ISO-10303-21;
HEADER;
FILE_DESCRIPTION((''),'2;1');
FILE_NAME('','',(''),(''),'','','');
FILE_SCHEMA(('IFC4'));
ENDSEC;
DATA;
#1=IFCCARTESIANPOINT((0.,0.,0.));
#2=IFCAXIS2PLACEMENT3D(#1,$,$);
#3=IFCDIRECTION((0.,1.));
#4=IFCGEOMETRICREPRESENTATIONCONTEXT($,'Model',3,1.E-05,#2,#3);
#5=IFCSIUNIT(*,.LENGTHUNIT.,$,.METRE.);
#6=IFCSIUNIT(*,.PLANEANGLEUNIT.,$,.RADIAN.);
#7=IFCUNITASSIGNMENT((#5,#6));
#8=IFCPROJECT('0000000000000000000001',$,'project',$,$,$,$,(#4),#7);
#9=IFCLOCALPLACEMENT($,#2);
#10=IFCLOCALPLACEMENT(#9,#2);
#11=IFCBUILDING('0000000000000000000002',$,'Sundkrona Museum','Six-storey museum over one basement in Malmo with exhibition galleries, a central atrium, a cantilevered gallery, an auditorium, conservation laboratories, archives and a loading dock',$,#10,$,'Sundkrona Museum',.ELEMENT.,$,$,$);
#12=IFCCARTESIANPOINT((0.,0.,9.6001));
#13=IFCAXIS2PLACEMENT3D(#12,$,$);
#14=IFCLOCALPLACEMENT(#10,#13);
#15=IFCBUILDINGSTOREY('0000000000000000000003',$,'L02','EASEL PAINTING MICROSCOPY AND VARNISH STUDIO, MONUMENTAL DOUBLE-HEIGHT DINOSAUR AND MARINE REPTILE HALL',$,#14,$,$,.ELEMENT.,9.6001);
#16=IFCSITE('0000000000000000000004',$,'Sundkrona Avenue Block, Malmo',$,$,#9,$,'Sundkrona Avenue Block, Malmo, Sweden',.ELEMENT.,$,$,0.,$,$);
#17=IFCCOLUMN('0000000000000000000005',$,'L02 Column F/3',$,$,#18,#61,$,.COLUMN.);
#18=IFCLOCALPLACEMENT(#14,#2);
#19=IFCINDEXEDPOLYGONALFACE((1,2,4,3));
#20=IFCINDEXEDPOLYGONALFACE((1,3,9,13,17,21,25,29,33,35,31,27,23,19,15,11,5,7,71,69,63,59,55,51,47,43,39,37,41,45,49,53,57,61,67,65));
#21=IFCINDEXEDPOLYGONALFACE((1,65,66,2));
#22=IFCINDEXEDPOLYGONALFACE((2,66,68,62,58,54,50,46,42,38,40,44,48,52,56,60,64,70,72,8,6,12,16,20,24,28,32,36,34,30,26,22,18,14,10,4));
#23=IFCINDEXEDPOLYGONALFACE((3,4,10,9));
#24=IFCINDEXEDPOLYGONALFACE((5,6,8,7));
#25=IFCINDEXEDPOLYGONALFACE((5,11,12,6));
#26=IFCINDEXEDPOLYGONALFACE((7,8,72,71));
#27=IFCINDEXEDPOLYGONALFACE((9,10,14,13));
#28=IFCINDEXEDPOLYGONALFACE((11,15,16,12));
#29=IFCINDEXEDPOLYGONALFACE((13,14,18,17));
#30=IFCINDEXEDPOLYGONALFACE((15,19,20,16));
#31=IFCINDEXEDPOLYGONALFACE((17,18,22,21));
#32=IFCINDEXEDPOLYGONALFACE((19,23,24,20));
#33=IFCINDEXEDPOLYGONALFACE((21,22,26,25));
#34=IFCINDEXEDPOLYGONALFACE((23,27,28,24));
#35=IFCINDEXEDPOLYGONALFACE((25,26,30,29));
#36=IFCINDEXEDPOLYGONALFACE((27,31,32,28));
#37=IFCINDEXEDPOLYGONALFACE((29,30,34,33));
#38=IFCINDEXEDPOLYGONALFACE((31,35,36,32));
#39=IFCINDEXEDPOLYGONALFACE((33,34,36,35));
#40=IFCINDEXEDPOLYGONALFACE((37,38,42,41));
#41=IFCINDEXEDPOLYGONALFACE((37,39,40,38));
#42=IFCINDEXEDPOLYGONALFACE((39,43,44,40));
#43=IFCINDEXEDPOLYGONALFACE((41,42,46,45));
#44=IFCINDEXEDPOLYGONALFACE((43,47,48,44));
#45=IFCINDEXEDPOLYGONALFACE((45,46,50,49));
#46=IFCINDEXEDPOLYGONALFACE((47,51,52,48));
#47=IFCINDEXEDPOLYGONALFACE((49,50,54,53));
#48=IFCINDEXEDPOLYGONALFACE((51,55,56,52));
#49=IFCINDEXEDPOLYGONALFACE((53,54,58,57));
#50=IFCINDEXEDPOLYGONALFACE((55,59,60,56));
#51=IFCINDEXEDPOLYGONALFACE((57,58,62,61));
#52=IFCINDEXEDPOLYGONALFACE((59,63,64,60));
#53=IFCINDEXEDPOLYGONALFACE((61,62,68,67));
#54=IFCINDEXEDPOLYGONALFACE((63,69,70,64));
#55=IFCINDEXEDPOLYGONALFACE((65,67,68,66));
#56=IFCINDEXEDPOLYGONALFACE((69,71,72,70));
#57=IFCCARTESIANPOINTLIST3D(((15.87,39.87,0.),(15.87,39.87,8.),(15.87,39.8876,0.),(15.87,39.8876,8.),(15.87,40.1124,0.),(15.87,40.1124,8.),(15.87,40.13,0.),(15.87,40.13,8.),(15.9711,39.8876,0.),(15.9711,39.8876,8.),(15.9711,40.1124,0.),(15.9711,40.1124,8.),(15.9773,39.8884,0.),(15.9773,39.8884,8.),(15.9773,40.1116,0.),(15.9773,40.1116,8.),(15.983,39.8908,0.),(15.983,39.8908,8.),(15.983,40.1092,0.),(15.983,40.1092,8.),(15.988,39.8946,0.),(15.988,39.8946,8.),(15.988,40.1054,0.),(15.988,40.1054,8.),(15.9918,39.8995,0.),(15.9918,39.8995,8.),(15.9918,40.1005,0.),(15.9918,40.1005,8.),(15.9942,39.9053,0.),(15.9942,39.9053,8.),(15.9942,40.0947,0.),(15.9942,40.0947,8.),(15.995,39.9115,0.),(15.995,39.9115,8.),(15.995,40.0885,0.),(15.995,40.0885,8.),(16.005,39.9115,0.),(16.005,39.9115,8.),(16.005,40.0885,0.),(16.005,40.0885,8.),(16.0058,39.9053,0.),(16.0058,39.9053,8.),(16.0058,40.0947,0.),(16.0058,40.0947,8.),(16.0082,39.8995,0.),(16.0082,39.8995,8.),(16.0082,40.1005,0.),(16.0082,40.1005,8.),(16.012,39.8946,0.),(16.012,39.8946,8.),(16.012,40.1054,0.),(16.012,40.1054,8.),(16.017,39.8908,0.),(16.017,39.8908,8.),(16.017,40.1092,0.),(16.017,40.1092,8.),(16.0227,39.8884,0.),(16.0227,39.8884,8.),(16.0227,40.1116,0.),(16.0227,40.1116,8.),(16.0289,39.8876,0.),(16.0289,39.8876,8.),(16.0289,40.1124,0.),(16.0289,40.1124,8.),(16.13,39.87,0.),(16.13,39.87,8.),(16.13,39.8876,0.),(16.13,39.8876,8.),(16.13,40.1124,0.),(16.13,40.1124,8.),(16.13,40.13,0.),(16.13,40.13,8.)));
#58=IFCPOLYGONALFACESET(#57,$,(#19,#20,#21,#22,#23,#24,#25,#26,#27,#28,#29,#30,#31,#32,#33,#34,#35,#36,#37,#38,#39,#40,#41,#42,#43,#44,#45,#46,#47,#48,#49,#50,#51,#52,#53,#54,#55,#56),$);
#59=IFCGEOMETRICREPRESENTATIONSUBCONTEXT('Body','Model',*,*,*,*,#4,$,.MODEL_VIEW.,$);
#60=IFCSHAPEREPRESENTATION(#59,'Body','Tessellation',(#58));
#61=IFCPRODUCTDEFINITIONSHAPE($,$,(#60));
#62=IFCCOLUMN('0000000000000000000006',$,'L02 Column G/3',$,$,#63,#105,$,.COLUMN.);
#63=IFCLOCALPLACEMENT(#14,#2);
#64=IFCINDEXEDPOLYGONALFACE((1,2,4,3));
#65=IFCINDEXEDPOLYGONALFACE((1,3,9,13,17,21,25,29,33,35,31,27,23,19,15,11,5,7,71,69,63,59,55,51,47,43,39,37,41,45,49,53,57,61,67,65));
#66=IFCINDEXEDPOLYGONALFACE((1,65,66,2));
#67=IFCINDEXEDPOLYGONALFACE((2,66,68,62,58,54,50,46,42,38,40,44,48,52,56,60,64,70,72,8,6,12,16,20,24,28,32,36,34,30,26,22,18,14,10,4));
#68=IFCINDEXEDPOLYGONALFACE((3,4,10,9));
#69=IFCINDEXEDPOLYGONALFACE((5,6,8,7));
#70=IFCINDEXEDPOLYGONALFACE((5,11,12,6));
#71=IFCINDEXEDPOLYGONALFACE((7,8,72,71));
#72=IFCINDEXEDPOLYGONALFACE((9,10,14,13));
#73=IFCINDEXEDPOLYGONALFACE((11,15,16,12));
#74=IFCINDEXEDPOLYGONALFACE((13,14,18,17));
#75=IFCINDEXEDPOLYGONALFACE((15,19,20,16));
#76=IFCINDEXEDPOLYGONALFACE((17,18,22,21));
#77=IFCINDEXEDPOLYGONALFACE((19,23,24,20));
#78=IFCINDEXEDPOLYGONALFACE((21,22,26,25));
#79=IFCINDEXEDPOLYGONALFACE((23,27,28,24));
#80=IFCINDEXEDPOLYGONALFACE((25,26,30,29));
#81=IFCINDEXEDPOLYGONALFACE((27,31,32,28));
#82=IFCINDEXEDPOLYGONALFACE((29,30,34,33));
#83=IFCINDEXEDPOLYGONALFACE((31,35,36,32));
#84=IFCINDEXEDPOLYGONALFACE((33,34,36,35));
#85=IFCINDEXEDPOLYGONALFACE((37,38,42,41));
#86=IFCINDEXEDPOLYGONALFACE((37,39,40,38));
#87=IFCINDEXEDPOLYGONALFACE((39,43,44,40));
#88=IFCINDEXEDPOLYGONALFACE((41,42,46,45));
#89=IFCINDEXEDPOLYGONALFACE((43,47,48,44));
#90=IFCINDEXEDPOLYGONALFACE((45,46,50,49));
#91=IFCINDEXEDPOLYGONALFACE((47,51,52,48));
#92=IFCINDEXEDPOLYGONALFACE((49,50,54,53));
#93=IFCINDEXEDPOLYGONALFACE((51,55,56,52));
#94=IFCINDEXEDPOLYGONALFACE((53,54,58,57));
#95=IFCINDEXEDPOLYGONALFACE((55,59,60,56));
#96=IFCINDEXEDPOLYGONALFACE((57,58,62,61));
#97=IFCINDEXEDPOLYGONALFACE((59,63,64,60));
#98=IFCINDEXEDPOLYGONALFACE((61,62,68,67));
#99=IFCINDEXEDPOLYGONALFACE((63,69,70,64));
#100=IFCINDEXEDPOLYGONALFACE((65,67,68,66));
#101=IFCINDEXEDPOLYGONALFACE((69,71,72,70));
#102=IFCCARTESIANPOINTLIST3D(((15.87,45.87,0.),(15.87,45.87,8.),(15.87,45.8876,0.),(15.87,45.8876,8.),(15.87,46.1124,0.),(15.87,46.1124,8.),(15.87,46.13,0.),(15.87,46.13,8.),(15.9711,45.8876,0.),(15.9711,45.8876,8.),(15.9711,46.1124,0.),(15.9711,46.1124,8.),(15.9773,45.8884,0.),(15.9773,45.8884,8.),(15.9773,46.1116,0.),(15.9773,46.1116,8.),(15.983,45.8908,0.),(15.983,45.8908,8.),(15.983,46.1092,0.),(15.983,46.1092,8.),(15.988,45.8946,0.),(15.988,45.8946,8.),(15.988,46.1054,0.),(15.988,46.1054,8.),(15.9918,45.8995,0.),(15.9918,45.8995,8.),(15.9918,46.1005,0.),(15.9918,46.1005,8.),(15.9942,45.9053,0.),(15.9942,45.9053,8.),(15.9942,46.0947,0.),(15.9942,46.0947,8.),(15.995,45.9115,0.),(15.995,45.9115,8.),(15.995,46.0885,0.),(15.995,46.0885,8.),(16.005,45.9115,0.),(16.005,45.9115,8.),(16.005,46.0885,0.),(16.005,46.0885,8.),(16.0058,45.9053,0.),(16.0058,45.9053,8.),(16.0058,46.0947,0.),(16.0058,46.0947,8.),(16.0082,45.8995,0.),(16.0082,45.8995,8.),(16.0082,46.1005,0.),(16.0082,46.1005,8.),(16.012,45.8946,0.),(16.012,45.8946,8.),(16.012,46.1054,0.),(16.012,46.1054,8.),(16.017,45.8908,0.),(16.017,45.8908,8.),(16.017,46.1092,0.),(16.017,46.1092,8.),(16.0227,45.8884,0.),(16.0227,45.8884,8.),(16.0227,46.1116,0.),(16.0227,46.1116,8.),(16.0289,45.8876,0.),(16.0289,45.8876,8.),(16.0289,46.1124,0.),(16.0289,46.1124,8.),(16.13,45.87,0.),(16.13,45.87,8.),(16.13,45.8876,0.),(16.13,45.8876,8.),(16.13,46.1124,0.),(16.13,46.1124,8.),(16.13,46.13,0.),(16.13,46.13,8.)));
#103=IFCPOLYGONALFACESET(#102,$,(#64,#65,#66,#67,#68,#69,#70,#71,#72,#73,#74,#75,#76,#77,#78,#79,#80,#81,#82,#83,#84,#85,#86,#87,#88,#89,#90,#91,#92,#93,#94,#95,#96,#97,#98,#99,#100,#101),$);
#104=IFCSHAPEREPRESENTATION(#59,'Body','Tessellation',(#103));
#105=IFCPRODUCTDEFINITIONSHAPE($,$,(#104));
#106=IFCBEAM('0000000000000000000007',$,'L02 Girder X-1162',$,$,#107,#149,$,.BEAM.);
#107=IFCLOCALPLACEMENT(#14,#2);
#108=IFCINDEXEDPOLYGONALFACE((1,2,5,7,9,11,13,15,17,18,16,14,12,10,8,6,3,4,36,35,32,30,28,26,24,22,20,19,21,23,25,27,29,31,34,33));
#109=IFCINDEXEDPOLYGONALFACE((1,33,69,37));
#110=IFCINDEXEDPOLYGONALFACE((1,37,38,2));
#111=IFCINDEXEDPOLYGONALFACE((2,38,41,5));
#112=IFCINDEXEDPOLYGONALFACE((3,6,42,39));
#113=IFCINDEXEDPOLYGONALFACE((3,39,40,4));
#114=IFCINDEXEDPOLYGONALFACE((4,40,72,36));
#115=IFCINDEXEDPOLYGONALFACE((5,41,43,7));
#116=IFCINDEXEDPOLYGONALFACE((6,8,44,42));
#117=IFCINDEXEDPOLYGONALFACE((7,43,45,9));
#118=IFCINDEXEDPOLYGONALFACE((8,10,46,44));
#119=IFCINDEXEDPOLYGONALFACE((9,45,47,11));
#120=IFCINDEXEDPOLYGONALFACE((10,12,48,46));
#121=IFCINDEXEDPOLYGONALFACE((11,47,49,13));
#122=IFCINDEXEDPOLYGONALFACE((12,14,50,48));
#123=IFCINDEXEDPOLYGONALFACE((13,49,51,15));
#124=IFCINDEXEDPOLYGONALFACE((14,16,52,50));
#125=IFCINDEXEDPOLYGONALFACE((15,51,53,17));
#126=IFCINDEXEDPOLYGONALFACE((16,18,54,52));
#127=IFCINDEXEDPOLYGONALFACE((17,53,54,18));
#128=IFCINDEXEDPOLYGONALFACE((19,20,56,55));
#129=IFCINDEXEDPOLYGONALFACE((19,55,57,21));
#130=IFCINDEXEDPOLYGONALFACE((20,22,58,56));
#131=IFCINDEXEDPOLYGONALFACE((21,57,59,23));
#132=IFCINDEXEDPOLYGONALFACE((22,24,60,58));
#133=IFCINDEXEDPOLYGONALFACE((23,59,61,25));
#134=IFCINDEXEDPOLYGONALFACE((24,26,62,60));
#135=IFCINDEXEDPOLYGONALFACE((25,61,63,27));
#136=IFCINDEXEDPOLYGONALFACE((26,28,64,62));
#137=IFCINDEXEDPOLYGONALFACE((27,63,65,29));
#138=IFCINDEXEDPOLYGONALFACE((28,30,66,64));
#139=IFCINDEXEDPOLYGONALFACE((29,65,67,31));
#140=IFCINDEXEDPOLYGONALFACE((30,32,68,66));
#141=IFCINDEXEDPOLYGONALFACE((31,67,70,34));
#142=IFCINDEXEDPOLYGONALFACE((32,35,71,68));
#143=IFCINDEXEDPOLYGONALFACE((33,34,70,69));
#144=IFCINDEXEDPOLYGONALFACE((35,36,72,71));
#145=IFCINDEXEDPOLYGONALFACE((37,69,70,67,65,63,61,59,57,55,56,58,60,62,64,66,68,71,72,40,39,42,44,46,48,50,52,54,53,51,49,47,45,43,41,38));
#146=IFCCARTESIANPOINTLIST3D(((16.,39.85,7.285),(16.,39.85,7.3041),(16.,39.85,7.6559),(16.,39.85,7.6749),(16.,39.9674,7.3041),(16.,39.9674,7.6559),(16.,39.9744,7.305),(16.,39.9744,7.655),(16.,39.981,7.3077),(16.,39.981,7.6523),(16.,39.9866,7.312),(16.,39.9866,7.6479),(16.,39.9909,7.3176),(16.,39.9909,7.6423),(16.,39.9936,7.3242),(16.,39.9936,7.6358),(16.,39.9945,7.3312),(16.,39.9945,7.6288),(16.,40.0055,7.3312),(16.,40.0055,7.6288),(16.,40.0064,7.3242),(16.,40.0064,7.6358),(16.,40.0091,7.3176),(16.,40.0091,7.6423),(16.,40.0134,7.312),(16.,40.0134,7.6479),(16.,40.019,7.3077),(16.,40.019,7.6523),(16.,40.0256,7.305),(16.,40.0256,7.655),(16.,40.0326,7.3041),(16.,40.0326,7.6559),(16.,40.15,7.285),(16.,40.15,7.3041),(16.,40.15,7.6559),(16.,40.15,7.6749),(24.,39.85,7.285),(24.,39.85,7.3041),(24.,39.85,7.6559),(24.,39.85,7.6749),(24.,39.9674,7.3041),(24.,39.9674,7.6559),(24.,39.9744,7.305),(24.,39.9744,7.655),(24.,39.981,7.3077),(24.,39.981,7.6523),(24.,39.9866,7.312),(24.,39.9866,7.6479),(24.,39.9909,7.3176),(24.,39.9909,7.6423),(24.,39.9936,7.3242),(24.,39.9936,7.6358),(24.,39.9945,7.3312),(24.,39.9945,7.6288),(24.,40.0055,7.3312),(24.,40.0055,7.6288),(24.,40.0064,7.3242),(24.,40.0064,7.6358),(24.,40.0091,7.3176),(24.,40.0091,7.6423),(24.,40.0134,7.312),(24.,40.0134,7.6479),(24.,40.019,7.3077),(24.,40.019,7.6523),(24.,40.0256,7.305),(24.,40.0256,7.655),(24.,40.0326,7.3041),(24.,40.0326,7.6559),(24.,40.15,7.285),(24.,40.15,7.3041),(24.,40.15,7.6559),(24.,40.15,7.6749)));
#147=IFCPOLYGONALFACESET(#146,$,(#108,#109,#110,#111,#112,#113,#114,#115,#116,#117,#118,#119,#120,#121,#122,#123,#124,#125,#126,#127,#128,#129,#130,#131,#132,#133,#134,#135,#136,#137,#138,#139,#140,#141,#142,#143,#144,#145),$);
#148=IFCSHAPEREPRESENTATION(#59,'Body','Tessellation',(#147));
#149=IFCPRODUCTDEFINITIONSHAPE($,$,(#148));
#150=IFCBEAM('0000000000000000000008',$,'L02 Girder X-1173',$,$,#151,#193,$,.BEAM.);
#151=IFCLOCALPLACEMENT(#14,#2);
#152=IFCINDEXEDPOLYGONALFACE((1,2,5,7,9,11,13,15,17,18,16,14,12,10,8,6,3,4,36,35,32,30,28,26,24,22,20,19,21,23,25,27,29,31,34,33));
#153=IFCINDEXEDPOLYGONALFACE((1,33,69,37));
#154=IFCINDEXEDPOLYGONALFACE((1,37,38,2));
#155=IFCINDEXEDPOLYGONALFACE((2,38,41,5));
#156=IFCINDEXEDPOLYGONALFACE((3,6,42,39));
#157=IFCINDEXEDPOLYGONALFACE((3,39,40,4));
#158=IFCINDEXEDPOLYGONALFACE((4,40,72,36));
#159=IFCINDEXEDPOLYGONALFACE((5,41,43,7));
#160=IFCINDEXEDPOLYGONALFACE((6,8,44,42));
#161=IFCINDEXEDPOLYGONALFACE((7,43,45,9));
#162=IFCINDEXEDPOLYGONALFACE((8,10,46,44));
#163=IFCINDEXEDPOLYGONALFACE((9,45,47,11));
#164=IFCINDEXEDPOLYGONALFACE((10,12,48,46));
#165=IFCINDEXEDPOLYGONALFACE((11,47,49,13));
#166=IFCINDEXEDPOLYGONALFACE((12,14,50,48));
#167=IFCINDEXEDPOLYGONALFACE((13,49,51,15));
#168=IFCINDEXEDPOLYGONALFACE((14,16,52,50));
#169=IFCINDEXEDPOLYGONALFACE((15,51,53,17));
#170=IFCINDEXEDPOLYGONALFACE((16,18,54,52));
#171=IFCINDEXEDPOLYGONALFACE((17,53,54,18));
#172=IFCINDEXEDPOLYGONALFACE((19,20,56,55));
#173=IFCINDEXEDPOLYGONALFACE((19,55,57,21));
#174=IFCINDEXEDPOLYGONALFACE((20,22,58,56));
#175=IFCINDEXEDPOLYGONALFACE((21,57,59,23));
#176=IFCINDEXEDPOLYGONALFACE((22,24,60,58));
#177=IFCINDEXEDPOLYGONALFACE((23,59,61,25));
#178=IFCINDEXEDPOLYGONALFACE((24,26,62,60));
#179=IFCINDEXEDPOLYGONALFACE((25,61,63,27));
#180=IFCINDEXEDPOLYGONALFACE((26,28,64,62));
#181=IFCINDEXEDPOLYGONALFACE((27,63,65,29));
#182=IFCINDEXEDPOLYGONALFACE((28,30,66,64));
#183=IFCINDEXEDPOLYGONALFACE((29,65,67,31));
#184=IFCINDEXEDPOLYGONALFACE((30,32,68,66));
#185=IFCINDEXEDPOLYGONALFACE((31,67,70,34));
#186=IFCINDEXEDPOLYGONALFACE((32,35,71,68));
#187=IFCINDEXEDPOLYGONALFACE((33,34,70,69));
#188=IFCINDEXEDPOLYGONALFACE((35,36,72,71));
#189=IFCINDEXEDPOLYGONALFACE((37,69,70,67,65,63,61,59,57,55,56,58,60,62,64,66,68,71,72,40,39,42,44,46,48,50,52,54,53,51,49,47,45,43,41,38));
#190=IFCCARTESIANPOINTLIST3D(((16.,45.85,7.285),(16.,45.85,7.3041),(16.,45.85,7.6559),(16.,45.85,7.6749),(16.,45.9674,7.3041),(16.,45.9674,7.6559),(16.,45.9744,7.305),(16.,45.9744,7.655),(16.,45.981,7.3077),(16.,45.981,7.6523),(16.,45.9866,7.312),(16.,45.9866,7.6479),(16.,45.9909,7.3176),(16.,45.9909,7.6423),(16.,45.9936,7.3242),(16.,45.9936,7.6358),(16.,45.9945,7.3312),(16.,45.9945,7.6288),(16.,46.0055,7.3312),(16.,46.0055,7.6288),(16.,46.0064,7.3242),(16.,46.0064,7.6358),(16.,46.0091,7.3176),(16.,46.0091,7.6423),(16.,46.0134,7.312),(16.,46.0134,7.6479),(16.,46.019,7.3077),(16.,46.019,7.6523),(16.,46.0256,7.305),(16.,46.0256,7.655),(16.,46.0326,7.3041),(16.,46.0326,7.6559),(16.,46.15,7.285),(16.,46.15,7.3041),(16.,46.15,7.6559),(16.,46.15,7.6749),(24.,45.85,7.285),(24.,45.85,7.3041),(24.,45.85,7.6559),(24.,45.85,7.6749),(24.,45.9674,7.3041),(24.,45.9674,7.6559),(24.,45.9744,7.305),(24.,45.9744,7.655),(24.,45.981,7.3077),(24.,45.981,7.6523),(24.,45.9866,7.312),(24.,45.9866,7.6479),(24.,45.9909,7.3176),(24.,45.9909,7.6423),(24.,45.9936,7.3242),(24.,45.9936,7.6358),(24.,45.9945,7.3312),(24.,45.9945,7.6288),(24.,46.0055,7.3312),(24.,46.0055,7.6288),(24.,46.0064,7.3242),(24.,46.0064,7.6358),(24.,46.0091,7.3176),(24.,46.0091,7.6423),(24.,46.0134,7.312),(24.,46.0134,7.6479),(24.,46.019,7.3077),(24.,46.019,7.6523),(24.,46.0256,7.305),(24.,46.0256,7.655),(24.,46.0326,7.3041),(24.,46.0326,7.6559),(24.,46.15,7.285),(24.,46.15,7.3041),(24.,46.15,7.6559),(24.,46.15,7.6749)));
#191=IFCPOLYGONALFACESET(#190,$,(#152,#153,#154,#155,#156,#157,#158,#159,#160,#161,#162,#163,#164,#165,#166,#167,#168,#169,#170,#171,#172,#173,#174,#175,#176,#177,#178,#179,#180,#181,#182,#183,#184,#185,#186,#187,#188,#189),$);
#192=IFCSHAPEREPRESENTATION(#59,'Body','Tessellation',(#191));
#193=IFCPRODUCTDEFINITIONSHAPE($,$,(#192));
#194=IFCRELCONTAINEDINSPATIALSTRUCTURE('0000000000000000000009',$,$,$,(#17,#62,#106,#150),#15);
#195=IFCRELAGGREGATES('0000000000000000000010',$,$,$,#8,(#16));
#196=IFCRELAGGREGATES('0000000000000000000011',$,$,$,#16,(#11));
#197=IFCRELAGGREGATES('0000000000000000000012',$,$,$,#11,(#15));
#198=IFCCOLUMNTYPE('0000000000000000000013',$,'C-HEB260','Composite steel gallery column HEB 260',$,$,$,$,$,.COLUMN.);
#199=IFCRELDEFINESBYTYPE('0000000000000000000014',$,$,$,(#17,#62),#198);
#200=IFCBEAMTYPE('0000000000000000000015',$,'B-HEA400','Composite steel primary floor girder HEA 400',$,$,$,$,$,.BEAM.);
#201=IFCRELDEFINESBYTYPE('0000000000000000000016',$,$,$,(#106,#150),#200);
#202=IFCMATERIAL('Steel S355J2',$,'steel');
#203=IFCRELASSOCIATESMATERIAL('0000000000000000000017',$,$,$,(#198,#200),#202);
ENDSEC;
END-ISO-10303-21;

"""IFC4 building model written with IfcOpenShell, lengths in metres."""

from ifc_helpers import new_model, si_unit, direction, frame, origin, origin_2d, place, context, subcontext, project, spatial, i_section, extrude, material, material_profile, profile_set, type_object, element, save


model = new_model("IFC4")

# Units and contexts
model_context = context("Model", 3, precision=1e-05, world=origin(), true_north=direction((0.0, 1.0)))
body_context = subcontext(model_context, "Body", "Model", "MODEL_VIEW")
ifc_project = project(units=[si_unit("LENGTHUNIT", "METRE"), si_unit("PLANEANGLEUNIT", "RADIAN")], contexts=[model_context])

# Site, building, storey
site_placement = place(None, origin())
site = spatial("IfcSite", under=ifc_project, at=site_placement, Name="Sundkrona Avenue Block, Malmo", LongName="Sundkrona Avenue Block, Malmo, Sweden", CompositionType="ELEMENT", RefElevation=0.0)
building_placement = place(site_placement, origin())
building = spatial("IfcBuilding", under=site, at=building_placement, Name="Sundkrona Museum", Description="Six-storey museum over one basement in Malmo with exhibition galleries, a central atrium, a cantilevered gallery, an auditorium, conservation laboratories, archives and a loading dock", LongName="Sundkrona Museum", CompositionType="ELEMENT")
storey_placement = place(building_placement, frame((0.0, 0.0, 9.6001)))
storey = spatial("IfcBuildingStorey", under=building, at=storey_placement, Name="L02", Description="EASEL PAINTING MICROSCOPY AND VARNISH STUDIO, MONUMENTAL DOUBLE-HEIGHT DINOSAUR AND MARINE REPTILE HALL", CompositionType="ELEMENT", Elevation=9.6001)

# Columns
ifc_material_1 = material(Name="Steel S355J2", Category="steel")
ifc_material_profile_1 = material_profile(ifc_material_1, i_section(OverallWidth=0.26, OverallDepth=0.26, WebThickness=0.01, FlangeThickness=0.0176, FilletRadius=0.0239, at=origin_2d()), Name="HEB 260")
ifc_profile_set_1 = profile_set([ifc_material_profile_1], Name="Steel S355J2")
column_type = type_object("IfcColumnType", Name="C-HEB260", Description="Composite steel gallery column HEB 260", PredefinedType="COLUMN", material=ifc_profile_set_1)
for number, where, z_axis, x_axis, name in (
    (1, (16.0, 40.0, 0.0), (0.0, 0.0, 1.0), (1.0, 0.0, 0.0), "L02 Column F/3"),
    (2, (16.0, 46.0, 0.0), (0.0, 0.0, 1.0), (1.0, 0.0, 0.0), "L02 Column G/3"),
):
    element("IfcColumn", number, at=place(storey_placement, frame(where, z_axis=z_axis, x_axis=x_axis)), inside=storey, type_object=column_type, Name=name, PredefinedType="COLUMN", context=body_context, shape_type="SweptSolid", body=[
        extrude(i_section(OverallWidth=0.26, OverallDepth=0.26, WebThickness=0.01, FlangeThickness=0.0176, FilletRadius=0.0239, at=origin_2d()), origin(), (0.0, 0.0, 1.0), 8.0),
    ])

# Beams
ifc_material_profile_2 = material_profile(ifc_material_1, i_section(OverallWidth=0.3, OverallDepth=0.3899, WebThickness=0.011, FlangeThickness=0.019, FilletRadius=0.0271, at=origin_2d()), Name="HEA 400")
ifc_profile_set_2 = profile_set([ifc_material_profile_2], Name="Steel S355J2")
beam_type_1 = type_object("IfcBeamType", Name="B-HEA400", Description="Composite steel primary floor girder HEA 400", PredefinedType="BEAM", material=ifc_profile_set_2)
for number, where, z_axis, x_axis, name in (
    (3, (16.0, 40.0, 7.48), (1.0, 0.0, 0.0), (0.0, 1.0, 0.0), "L02 Girder X-1162"),
    (4, (16.0, 46.0, 7.48), (1.0, 0.0, 0.0), (0.0, 1.0, 0.0), "L02 Girder X-1173"),
):
    element("IfcBeam", number, at=place(storey_placement, frame(where, z_axis=z_axis, x_axis=x_axis)), inside=storey, type_object=beam_type_1, Name=name, PredefinedType="BEAM", context=body_context, shape_type="SweptSolid", body=[
        extrude(i_section(OverallWidth=0.3, OverallDepth=0.3899, WebThickness=0.011, FlangeThickness=0.019, FilletRadius=0.0271, at=origin_2d()), origin(), (0.0, 0.0, 1.0), 8.0),
    ])

save(model, "model.ifc")
